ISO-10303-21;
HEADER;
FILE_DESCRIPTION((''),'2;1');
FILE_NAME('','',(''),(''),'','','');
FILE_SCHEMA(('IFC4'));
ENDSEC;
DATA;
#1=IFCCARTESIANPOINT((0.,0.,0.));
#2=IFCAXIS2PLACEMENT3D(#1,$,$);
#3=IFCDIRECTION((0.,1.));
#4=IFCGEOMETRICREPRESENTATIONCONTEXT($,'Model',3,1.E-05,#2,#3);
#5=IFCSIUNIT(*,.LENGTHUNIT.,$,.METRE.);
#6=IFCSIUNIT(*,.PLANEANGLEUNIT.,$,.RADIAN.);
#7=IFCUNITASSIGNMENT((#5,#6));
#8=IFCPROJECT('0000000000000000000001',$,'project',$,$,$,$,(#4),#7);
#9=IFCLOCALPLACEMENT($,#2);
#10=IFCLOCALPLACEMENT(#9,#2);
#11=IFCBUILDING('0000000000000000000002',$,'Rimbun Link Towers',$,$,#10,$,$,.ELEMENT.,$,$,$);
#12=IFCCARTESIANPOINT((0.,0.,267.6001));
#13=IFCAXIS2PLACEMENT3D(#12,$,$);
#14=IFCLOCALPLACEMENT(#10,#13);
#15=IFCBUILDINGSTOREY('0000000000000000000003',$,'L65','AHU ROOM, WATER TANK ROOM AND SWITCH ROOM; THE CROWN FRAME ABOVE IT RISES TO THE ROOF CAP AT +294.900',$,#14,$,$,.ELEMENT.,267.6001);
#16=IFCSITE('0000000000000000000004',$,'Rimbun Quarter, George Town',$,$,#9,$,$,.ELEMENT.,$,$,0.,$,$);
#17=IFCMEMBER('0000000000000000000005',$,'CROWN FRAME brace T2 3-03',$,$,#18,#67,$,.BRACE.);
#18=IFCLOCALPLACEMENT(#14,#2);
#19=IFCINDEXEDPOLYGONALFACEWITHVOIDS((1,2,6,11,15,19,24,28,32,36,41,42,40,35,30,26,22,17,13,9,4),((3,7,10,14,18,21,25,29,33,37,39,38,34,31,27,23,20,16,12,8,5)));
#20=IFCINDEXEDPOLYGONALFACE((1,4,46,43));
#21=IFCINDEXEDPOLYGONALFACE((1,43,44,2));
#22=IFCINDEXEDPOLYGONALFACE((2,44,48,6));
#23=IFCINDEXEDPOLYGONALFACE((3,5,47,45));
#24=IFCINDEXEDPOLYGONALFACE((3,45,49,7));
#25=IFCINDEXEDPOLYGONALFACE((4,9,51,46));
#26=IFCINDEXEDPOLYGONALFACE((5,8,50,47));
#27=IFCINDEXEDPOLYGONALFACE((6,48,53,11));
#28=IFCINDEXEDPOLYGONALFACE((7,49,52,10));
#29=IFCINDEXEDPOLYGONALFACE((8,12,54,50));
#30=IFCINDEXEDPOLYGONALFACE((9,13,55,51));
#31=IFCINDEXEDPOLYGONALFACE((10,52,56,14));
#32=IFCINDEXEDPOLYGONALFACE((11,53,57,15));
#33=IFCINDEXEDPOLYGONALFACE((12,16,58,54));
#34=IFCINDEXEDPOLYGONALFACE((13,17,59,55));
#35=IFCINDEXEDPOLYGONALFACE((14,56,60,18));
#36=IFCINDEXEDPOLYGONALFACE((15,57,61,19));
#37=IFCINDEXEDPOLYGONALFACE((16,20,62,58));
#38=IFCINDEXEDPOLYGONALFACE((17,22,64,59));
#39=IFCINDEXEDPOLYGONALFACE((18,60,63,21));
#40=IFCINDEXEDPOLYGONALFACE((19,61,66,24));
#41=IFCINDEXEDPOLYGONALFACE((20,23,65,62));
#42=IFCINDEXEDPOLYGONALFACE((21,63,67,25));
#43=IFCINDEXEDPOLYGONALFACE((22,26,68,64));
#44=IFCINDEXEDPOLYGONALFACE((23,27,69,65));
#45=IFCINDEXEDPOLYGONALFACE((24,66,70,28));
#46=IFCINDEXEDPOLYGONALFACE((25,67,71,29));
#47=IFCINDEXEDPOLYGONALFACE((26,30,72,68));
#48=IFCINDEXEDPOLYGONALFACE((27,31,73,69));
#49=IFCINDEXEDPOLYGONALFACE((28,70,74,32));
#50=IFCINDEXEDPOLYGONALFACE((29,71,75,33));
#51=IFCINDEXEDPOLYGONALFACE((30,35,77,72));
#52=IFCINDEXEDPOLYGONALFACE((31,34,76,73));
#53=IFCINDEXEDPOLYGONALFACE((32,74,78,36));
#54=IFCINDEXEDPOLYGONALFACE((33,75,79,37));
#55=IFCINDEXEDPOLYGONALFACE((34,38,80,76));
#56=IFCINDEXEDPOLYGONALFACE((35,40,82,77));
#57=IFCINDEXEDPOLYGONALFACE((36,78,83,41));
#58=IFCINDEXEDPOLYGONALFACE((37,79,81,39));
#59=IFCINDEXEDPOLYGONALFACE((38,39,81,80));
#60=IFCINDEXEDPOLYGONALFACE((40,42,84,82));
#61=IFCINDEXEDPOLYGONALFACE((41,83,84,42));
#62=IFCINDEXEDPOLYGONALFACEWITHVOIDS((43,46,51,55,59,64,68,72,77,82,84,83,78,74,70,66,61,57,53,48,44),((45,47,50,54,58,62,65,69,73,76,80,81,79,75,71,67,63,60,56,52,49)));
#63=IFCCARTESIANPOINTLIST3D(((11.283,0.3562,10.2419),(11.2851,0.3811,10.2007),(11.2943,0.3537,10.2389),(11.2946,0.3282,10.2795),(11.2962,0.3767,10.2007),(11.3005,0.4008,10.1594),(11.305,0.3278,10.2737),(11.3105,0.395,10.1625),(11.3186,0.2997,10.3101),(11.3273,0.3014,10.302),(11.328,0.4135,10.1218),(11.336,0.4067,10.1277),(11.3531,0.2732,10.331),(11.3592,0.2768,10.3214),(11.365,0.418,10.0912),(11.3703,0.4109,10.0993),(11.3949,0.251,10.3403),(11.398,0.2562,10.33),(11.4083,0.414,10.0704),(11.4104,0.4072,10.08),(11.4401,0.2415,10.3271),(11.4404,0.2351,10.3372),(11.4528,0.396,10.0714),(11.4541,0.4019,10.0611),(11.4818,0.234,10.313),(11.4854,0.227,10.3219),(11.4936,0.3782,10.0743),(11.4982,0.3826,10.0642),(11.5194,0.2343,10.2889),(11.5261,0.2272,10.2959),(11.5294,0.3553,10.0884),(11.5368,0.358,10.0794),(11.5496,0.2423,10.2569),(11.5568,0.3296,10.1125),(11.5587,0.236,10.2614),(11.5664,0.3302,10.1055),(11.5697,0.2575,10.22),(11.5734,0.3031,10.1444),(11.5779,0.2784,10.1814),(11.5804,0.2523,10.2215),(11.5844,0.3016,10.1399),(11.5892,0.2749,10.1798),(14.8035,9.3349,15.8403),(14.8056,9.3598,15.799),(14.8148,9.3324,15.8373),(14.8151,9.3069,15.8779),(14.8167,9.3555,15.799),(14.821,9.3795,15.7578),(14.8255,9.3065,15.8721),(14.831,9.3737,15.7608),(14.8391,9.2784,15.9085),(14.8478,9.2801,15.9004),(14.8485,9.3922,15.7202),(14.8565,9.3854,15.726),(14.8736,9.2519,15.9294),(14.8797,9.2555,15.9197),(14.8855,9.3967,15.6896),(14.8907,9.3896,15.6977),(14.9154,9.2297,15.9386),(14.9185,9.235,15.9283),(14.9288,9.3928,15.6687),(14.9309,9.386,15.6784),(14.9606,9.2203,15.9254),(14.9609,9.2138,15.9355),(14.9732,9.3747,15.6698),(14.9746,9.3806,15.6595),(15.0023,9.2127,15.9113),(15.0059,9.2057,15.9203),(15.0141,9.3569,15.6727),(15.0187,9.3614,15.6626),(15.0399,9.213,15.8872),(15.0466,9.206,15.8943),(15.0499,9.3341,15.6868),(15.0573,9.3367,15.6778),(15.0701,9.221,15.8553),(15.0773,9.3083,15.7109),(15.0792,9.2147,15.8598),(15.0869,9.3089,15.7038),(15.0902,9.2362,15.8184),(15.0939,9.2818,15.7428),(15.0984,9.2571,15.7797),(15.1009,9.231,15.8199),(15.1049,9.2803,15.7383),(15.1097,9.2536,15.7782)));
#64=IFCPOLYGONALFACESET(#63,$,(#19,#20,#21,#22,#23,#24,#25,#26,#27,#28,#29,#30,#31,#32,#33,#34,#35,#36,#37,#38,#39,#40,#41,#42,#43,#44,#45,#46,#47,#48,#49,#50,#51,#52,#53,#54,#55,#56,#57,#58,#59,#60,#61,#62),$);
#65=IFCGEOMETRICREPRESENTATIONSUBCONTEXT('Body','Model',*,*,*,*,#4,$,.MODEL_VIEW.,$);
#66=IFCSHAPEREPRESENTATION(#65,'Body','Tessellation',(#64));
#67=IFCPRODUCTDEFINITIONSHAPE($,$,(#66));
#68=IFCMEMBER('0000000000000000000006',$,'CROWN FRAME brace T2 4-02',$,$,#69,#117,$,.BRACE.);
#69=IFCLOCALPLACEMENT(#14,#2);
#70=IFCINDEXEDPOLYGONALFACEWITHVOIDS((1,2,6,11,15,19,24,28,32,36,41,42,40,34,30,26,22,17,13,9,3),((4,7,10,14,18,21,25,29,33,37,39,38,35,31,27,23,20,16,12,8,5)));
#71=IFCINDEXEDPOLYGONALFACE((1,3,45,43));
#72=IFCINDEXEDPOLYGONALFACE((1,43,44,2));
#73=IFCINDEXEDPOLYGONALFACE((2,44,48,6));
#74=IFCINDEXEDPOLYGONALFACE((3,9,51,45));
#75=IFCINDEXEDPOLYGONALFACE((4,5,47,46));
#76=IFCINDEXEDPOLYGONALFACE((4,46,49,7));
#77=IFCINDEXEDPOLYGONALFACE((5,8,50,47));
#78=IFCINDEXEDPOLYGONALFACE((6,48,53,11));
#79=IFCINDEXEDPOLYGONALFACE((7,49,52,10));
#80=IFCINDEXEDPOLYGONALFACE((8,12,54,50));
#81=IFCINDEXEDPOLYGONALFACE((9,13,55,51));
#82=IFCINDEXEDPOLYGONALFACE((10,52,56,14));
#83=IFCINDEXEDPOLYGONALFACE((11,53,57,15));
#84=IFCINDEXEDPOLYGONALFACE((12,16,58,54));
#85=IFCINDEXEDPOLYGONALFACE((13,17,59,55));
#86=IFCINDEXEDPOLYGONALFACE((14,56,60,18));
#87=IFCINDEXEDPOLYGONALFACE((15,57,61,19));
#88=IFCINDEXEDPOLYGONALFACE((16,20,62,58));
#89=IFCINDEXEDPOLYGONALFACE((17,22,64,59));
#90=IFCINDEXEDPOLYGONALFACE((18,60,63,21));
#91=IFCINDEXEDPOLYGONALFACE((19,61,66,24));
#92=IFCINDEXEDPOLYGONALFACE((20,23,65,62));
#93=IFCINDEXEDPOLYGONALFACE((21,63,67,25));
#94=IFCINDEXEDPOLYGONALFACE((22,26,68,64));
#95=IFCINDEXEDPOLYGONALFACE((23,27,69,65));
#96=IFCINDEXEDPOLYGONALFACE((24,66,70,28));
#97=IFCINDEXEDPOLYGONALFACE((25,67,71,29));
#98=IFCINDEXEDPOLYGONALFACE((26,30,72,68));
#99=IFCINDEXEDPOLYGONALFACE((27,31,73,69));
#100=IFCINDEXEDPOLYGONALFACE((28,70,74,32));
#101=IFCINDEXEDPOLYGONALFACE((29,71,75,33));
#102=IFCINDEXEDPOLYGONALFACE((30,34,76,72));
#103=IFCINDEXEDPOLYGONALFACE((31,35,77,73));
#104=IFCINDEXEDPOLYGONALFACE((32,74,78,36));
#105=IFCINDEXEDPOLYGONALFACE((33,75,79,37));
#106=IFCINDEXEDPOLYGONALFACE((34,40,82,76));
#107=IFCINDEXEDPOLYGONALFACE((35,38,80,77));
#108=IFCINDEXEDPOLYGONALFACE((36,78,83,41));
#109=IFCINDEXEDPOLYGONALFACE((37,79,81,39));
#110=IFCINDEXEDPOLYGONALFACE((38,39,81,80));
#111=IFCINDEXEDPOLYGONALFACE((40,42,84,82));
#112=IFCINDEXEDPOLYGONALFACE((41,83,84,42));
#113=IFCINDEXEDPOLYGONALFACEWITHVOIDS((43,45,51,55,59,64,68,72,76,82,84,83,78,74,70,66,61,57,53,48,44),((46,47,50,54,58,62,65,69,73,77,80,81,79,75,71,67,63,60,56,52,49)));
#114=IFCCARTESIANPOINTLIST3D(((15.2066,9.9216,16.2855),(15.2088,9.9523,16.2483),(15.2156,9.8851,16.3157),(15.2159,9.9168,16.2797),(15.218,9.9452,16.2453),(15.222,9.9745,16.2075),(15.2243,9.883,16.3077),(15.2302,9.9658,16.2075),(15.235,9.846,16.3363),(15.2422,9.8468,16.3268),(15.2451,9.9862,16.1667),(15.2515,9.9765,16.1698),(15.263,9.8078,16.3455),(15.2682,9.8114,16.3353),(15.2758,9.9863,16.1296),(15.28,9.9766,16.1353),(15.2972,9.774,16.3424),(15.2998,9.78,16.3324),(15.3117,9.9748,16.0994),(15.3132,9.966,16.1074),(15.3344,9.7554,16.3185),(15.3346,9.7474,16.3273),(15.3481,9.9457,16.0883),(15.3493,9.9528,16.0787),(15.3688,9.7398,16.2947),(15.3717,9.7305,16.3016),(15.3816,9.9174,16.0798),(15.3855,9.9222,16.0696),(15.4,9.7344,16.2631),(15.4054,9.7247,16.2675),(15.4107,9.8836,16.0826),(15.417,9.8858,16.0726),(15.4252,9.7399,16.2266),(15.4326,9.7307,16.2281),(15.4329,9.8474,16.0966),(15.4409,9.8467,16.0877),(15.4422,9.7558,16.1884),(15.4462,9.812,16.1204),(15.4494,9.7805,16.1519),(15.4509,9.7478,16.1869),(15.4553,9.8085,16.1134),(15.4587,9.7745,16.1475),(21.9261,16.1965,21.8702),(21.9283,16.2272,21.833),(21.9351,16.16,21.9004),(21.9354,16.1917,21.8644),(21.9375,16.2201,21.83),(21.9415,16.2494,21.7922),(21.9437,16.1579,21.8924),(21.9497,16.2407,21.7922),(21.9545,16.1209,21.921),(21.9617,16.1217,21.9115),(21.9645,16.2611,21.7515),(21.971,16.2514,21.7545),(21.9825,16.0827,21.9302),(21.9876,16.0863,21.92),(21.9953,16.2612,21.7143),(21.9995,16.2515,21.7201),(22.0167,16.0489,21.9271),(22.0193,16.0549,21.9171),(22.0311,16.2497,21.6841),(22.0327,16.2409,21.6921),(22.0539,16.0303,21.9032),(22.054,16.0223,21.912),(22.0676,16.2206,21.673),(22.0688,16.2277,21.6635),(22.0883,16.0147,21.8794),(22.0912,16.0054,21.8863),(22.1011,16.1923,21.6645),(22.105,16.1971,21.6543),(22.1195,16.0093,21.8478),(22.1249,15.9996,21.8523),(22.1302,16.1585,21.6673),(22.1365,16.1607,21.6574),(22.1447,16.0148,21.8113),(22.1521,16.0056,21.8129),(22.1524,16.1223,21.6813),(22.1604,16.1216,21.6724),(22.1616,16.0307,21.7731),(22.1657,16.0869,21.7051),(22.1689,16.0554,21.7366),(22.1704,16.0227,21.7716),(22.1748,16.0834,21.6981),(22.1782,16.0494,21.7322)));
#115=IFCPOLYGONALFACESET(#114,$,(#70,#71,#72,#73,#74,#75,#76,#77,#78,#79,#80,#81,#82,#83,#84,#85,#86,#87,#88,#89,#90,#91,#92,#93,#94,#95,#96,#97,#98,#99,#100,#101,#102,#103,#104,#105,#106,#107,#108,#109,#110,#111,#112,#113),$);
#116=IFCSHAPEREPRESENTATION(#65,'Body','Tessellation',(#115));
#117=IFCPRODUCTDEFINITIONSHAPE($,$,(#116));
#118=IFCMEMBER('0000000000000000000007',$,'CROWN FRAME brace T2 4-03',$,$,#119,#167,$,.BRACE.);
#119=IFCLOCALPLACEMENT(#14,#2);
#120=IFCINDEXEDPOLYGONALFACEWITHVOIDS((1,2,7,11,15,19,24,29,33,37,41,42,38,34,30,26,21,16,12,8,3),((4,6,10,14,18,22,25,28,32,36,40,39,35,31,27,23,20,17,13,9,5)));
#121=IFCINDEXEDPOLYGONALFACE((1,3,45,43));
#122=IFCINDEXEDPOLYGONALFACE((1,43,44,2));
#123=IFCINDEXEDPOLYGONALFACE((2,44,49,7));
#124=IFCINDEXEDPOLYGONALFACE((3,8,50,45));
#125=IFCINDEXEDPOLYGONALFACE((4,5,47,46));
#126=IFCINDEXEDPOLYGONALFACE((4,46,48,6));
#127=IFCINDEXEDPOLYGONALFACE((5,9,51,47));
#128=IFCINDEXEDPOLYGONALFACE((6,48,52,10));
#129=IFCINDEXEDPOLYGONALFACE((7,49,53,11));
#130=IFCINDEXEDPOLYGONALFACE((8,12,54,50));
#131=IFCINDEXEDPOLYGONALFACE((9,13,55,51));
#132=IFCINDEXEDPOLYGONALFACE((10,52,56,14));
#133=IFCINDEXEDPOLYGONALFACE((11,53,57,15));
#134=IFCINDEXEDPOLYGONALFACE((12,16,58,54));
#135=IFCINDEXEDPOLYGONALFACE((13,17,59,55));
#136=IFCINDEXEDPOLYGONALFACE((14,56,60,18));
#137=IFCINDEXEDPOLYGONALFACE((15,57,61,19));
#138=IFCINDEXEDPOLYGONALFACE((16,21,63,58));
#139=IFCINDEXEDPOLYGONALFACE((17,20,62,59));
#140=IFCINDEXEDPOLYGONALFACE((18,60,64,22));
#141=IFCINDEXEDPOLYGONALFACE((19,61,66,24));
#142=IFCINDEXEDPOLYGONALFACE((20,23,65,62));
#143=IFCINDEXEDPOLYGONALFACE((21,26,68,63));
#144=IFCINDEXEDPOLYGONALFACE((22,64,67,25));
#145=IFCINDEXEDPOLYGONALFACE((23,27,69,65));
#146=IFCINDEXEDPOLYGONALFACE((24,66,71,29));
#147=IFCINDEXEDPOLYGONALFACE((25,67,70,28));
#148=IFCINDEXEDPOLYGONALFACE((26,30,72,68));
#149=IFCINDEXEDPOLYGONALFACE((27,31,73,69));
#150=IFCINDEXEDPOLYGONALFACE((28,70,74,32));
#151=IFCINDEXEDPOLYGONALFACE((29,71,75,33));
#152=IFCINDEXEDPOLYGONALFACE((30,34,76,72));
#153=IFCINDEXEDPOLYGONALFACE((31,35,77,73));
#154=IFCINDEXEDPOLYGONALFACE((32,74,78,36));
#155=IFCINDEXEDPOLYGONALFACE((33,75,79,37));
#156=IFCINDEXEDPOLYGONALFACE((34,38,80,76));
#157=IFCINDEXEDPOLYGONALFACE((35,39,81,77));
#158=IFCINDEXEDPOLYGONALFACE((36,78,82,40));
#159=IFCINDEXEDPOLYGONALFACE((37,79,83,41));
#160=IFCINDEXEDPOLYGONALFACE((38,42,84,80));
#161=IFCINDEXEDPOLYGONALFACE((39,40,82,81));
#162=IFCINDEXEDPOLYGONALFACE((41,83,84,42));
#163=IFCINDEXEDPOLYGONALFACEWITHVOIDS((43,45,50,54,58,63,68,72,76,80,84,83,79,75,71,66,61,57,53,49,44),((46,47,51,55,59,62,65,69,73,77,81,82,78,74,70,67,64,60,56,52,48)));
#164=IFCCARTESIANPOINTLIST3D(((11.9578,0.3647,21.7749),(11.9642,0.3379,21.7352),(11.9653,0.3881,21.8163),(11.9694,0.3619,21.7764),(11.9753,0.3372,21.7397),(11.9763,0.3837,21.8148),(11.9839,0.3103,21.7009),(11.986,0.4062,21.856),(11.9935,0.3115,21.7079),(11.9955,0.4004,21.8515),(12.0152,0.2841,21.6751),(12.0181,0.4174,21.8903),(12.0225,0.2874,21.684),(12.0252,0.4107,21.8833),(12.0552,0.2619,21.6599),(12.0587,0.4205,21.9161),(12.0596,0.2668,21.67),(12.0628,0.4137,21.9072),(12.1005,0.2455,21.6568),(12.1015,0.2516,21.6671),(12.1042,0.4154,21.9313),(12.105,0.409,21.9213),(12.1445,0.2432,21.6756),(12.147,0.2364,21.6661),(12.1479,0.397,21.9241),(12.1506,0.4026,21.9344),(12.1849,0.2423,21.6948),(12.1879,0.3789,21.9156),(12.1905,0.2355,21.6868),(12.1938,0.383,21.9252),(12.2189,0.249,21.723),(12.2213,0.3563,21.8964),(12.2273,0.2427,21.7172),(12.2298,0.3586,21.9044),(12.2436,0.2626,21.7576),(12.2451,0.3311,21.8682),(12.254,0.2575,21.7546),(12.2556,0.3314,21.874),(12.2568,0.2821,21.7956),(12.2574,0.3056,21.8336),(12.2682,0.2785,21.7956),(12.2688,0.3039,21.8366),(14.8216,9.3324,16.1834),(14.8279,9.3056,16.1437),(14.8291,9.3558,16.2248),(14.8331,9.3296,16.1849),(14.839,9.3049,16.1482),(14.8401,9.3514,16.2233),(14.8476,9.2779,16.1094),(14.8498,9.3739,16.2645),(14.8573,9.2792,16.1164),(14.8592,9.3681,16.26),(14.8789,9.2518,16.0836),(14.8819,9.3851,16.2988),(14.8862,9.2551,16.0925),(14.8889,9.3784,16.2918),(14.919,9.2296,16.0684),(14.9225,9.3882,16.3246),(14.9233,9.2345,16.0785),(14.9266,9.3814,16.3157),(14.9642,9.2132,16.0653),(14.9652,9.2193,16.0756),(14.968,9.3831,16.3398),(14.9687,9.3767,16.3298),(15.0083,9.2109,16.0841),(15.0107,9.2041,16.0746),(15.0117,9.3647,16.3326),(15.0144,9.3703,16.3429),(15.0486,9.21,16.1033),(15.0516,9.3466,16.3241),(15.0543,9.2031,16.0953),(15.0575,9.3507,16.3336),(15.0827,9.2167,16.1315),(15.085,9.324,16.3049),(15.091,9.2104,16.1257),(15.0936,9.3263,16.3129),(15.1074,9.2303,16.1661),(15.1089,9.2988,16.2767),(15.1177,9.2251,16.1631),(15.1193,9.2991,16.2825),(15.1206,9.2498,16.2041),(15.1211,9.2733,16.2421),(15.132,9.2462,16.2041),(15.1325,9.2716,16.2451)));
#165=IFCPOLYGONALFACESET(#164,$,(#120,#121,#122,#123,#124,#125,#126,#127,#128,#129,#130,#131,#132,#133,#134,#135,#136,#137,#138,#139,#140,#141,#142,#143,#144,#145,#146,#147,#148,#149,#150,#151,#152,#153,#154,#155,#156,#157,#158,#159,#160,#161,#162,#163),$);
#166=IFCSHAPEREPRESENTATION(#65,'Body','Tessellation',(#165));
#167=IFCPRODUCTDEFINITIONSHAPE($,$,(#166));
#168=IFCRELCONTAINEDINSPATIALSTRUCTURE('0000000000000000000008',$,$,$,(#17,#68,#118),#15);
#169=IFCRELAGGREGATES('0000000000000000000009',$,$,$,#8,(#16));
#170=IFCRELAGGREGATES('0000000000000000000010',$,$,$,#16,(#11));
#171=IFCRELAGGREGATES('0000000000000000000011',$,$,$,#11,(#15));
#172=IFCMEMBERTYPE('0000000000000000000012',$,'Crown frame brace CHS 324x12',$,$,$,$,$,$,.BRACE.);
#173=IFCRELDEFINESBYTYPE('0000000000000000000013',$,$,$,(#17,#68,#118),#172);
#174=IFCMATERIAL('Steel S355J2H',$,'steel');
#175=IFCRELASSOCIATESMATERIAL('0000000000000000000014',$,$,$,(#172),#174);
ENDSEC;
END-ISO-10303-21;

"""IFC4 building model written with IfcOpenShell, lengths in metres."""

from ifc_helpers import new_model, si_unit, direction, frame, origin, origin_2d, place, context, subcontext, project, spatial, hollow_circle, extrude, material, material_profile, profile_set, type_object, element, save


model = new_model("IFC4")

# Units and contexts
model_context = context("Model", 3, precision=1e-05, world=origin(), true_north=direction((0.0, 1.0)))
body_context = subcontext(model_context, "Body", "Model", "MODEL_VIEW")
ifc_project = project(units=[si_unit("LENGTHUNIT", "METRE"), si_unit("PLANEANGLEUNIT", "RADIAN")], contexts=[model_context])

# Site, building, storey
site_placement = place(None, origin())
site = spatial("IfcSite", under=ifc_project, at=site_placement, Name="Rimbun Quarter, George Town", CompositionType="ELEMENT", RefElevation=0.0)
building_placement = place(site_placement, origin())
building = spatial("IfcBuilding", under=site, at=building_placement, Name="Rimbun Link Towers", CompositionType="ELEMENT")
storey_placement = place(building_placement, frame((0.0, 0.0, 267.6001)))
storey = spatial("IfcBuildingStorey", under=building, at=storey_placement, Name="L65", Description="AHU ROOM, WATER TANK ROOM AND SWITCH ROOM; THE CROWN FRAME ABOVE IT RISES TO THE ROOF CAP AT +294.900", CompositionType="ELEMENT", Elevation=267.6001)

# Members
ifc_material_1 = material(Name="Steel S355J2H", Category="steel")
ifc_material_profile_1 = material_profile(ifc_material_1, hollow_circle(Radius=0.1619, WallThickness=0.012, at=origin_2d()), Name="Crown frame brace CHS 324x12")
ifc_profile_set_1 = profile_set([ifc_material_profile_1], Name="Steel S355J2H")
member_type_1 = type_object("IfcMemberType", Name="Crown frame brace CHS 324x12", PredefinedType="BRACE", material=ifc_profile_set_1)
member_1_placement = place(storey_placement, frame((11.4358, 0.322, 10.2007), z_axis=(0.315701, 0.805168, 0.502034), x_axis=(-0.930993, 0.365036, 0.0)))
element("IfcMember", 1, at=member_1_placement, inside=storey, type_object=member_type_1, Name="CROWN FRAME brace T2 3-03", PredefinedType="BRACE", context=body_context, shape_type="SweptSolid", body=[
    extrude(hollow_circle(Radius=0.1619, WallThickness=0.012, at=origin_2d()), origin(), (0.0, 0.0, 1.0), 11.1514),
])
member_2_placement = place(storey_placement, frame((15.3325, 9.8562, 16.2075), z_axis=(0.624656, 0.583327, 0.519166), x_axis=(-0.682515, 0.730872, 0.0)))
element("IfcMember", 2, at=member_2_placement, inside=storey, type_object=member_type_1, Name="CROWN FRAME brace T2 4-02", PredefinedType="BRACE", context=body_context, shape_type="SweptSolid", body=[
    extrude(hollow_circle(Radius=0.1619, WallThickness=0.012, at=origin_2d()), origin(), (0.0, 0.0, 1.0), 10.7571),
])
member_3_placement = place(storey_placement, frame((14.9778, 9.2954, 16.2041), z_axis=(-0.261548, -0.819026, 0.510676), x_axis=(0.952606, -0.304205, 0.0)))
element("IfcMember", 3, at=member_3_placement, inside=storey, type_object=member_type_1, Name="CROWN FRAME brace T2 4-03", PredefinedType="BRACE", context=body_context, shape_type="SweptSolid", body=[
    extrude(hollow_circle(Radius=0.1619, WallThickness=0.012, at=origin_2d()), origin(), (0.0, 0.0, 1.0), 10.9492),
])

save(model, "model.ifc")
